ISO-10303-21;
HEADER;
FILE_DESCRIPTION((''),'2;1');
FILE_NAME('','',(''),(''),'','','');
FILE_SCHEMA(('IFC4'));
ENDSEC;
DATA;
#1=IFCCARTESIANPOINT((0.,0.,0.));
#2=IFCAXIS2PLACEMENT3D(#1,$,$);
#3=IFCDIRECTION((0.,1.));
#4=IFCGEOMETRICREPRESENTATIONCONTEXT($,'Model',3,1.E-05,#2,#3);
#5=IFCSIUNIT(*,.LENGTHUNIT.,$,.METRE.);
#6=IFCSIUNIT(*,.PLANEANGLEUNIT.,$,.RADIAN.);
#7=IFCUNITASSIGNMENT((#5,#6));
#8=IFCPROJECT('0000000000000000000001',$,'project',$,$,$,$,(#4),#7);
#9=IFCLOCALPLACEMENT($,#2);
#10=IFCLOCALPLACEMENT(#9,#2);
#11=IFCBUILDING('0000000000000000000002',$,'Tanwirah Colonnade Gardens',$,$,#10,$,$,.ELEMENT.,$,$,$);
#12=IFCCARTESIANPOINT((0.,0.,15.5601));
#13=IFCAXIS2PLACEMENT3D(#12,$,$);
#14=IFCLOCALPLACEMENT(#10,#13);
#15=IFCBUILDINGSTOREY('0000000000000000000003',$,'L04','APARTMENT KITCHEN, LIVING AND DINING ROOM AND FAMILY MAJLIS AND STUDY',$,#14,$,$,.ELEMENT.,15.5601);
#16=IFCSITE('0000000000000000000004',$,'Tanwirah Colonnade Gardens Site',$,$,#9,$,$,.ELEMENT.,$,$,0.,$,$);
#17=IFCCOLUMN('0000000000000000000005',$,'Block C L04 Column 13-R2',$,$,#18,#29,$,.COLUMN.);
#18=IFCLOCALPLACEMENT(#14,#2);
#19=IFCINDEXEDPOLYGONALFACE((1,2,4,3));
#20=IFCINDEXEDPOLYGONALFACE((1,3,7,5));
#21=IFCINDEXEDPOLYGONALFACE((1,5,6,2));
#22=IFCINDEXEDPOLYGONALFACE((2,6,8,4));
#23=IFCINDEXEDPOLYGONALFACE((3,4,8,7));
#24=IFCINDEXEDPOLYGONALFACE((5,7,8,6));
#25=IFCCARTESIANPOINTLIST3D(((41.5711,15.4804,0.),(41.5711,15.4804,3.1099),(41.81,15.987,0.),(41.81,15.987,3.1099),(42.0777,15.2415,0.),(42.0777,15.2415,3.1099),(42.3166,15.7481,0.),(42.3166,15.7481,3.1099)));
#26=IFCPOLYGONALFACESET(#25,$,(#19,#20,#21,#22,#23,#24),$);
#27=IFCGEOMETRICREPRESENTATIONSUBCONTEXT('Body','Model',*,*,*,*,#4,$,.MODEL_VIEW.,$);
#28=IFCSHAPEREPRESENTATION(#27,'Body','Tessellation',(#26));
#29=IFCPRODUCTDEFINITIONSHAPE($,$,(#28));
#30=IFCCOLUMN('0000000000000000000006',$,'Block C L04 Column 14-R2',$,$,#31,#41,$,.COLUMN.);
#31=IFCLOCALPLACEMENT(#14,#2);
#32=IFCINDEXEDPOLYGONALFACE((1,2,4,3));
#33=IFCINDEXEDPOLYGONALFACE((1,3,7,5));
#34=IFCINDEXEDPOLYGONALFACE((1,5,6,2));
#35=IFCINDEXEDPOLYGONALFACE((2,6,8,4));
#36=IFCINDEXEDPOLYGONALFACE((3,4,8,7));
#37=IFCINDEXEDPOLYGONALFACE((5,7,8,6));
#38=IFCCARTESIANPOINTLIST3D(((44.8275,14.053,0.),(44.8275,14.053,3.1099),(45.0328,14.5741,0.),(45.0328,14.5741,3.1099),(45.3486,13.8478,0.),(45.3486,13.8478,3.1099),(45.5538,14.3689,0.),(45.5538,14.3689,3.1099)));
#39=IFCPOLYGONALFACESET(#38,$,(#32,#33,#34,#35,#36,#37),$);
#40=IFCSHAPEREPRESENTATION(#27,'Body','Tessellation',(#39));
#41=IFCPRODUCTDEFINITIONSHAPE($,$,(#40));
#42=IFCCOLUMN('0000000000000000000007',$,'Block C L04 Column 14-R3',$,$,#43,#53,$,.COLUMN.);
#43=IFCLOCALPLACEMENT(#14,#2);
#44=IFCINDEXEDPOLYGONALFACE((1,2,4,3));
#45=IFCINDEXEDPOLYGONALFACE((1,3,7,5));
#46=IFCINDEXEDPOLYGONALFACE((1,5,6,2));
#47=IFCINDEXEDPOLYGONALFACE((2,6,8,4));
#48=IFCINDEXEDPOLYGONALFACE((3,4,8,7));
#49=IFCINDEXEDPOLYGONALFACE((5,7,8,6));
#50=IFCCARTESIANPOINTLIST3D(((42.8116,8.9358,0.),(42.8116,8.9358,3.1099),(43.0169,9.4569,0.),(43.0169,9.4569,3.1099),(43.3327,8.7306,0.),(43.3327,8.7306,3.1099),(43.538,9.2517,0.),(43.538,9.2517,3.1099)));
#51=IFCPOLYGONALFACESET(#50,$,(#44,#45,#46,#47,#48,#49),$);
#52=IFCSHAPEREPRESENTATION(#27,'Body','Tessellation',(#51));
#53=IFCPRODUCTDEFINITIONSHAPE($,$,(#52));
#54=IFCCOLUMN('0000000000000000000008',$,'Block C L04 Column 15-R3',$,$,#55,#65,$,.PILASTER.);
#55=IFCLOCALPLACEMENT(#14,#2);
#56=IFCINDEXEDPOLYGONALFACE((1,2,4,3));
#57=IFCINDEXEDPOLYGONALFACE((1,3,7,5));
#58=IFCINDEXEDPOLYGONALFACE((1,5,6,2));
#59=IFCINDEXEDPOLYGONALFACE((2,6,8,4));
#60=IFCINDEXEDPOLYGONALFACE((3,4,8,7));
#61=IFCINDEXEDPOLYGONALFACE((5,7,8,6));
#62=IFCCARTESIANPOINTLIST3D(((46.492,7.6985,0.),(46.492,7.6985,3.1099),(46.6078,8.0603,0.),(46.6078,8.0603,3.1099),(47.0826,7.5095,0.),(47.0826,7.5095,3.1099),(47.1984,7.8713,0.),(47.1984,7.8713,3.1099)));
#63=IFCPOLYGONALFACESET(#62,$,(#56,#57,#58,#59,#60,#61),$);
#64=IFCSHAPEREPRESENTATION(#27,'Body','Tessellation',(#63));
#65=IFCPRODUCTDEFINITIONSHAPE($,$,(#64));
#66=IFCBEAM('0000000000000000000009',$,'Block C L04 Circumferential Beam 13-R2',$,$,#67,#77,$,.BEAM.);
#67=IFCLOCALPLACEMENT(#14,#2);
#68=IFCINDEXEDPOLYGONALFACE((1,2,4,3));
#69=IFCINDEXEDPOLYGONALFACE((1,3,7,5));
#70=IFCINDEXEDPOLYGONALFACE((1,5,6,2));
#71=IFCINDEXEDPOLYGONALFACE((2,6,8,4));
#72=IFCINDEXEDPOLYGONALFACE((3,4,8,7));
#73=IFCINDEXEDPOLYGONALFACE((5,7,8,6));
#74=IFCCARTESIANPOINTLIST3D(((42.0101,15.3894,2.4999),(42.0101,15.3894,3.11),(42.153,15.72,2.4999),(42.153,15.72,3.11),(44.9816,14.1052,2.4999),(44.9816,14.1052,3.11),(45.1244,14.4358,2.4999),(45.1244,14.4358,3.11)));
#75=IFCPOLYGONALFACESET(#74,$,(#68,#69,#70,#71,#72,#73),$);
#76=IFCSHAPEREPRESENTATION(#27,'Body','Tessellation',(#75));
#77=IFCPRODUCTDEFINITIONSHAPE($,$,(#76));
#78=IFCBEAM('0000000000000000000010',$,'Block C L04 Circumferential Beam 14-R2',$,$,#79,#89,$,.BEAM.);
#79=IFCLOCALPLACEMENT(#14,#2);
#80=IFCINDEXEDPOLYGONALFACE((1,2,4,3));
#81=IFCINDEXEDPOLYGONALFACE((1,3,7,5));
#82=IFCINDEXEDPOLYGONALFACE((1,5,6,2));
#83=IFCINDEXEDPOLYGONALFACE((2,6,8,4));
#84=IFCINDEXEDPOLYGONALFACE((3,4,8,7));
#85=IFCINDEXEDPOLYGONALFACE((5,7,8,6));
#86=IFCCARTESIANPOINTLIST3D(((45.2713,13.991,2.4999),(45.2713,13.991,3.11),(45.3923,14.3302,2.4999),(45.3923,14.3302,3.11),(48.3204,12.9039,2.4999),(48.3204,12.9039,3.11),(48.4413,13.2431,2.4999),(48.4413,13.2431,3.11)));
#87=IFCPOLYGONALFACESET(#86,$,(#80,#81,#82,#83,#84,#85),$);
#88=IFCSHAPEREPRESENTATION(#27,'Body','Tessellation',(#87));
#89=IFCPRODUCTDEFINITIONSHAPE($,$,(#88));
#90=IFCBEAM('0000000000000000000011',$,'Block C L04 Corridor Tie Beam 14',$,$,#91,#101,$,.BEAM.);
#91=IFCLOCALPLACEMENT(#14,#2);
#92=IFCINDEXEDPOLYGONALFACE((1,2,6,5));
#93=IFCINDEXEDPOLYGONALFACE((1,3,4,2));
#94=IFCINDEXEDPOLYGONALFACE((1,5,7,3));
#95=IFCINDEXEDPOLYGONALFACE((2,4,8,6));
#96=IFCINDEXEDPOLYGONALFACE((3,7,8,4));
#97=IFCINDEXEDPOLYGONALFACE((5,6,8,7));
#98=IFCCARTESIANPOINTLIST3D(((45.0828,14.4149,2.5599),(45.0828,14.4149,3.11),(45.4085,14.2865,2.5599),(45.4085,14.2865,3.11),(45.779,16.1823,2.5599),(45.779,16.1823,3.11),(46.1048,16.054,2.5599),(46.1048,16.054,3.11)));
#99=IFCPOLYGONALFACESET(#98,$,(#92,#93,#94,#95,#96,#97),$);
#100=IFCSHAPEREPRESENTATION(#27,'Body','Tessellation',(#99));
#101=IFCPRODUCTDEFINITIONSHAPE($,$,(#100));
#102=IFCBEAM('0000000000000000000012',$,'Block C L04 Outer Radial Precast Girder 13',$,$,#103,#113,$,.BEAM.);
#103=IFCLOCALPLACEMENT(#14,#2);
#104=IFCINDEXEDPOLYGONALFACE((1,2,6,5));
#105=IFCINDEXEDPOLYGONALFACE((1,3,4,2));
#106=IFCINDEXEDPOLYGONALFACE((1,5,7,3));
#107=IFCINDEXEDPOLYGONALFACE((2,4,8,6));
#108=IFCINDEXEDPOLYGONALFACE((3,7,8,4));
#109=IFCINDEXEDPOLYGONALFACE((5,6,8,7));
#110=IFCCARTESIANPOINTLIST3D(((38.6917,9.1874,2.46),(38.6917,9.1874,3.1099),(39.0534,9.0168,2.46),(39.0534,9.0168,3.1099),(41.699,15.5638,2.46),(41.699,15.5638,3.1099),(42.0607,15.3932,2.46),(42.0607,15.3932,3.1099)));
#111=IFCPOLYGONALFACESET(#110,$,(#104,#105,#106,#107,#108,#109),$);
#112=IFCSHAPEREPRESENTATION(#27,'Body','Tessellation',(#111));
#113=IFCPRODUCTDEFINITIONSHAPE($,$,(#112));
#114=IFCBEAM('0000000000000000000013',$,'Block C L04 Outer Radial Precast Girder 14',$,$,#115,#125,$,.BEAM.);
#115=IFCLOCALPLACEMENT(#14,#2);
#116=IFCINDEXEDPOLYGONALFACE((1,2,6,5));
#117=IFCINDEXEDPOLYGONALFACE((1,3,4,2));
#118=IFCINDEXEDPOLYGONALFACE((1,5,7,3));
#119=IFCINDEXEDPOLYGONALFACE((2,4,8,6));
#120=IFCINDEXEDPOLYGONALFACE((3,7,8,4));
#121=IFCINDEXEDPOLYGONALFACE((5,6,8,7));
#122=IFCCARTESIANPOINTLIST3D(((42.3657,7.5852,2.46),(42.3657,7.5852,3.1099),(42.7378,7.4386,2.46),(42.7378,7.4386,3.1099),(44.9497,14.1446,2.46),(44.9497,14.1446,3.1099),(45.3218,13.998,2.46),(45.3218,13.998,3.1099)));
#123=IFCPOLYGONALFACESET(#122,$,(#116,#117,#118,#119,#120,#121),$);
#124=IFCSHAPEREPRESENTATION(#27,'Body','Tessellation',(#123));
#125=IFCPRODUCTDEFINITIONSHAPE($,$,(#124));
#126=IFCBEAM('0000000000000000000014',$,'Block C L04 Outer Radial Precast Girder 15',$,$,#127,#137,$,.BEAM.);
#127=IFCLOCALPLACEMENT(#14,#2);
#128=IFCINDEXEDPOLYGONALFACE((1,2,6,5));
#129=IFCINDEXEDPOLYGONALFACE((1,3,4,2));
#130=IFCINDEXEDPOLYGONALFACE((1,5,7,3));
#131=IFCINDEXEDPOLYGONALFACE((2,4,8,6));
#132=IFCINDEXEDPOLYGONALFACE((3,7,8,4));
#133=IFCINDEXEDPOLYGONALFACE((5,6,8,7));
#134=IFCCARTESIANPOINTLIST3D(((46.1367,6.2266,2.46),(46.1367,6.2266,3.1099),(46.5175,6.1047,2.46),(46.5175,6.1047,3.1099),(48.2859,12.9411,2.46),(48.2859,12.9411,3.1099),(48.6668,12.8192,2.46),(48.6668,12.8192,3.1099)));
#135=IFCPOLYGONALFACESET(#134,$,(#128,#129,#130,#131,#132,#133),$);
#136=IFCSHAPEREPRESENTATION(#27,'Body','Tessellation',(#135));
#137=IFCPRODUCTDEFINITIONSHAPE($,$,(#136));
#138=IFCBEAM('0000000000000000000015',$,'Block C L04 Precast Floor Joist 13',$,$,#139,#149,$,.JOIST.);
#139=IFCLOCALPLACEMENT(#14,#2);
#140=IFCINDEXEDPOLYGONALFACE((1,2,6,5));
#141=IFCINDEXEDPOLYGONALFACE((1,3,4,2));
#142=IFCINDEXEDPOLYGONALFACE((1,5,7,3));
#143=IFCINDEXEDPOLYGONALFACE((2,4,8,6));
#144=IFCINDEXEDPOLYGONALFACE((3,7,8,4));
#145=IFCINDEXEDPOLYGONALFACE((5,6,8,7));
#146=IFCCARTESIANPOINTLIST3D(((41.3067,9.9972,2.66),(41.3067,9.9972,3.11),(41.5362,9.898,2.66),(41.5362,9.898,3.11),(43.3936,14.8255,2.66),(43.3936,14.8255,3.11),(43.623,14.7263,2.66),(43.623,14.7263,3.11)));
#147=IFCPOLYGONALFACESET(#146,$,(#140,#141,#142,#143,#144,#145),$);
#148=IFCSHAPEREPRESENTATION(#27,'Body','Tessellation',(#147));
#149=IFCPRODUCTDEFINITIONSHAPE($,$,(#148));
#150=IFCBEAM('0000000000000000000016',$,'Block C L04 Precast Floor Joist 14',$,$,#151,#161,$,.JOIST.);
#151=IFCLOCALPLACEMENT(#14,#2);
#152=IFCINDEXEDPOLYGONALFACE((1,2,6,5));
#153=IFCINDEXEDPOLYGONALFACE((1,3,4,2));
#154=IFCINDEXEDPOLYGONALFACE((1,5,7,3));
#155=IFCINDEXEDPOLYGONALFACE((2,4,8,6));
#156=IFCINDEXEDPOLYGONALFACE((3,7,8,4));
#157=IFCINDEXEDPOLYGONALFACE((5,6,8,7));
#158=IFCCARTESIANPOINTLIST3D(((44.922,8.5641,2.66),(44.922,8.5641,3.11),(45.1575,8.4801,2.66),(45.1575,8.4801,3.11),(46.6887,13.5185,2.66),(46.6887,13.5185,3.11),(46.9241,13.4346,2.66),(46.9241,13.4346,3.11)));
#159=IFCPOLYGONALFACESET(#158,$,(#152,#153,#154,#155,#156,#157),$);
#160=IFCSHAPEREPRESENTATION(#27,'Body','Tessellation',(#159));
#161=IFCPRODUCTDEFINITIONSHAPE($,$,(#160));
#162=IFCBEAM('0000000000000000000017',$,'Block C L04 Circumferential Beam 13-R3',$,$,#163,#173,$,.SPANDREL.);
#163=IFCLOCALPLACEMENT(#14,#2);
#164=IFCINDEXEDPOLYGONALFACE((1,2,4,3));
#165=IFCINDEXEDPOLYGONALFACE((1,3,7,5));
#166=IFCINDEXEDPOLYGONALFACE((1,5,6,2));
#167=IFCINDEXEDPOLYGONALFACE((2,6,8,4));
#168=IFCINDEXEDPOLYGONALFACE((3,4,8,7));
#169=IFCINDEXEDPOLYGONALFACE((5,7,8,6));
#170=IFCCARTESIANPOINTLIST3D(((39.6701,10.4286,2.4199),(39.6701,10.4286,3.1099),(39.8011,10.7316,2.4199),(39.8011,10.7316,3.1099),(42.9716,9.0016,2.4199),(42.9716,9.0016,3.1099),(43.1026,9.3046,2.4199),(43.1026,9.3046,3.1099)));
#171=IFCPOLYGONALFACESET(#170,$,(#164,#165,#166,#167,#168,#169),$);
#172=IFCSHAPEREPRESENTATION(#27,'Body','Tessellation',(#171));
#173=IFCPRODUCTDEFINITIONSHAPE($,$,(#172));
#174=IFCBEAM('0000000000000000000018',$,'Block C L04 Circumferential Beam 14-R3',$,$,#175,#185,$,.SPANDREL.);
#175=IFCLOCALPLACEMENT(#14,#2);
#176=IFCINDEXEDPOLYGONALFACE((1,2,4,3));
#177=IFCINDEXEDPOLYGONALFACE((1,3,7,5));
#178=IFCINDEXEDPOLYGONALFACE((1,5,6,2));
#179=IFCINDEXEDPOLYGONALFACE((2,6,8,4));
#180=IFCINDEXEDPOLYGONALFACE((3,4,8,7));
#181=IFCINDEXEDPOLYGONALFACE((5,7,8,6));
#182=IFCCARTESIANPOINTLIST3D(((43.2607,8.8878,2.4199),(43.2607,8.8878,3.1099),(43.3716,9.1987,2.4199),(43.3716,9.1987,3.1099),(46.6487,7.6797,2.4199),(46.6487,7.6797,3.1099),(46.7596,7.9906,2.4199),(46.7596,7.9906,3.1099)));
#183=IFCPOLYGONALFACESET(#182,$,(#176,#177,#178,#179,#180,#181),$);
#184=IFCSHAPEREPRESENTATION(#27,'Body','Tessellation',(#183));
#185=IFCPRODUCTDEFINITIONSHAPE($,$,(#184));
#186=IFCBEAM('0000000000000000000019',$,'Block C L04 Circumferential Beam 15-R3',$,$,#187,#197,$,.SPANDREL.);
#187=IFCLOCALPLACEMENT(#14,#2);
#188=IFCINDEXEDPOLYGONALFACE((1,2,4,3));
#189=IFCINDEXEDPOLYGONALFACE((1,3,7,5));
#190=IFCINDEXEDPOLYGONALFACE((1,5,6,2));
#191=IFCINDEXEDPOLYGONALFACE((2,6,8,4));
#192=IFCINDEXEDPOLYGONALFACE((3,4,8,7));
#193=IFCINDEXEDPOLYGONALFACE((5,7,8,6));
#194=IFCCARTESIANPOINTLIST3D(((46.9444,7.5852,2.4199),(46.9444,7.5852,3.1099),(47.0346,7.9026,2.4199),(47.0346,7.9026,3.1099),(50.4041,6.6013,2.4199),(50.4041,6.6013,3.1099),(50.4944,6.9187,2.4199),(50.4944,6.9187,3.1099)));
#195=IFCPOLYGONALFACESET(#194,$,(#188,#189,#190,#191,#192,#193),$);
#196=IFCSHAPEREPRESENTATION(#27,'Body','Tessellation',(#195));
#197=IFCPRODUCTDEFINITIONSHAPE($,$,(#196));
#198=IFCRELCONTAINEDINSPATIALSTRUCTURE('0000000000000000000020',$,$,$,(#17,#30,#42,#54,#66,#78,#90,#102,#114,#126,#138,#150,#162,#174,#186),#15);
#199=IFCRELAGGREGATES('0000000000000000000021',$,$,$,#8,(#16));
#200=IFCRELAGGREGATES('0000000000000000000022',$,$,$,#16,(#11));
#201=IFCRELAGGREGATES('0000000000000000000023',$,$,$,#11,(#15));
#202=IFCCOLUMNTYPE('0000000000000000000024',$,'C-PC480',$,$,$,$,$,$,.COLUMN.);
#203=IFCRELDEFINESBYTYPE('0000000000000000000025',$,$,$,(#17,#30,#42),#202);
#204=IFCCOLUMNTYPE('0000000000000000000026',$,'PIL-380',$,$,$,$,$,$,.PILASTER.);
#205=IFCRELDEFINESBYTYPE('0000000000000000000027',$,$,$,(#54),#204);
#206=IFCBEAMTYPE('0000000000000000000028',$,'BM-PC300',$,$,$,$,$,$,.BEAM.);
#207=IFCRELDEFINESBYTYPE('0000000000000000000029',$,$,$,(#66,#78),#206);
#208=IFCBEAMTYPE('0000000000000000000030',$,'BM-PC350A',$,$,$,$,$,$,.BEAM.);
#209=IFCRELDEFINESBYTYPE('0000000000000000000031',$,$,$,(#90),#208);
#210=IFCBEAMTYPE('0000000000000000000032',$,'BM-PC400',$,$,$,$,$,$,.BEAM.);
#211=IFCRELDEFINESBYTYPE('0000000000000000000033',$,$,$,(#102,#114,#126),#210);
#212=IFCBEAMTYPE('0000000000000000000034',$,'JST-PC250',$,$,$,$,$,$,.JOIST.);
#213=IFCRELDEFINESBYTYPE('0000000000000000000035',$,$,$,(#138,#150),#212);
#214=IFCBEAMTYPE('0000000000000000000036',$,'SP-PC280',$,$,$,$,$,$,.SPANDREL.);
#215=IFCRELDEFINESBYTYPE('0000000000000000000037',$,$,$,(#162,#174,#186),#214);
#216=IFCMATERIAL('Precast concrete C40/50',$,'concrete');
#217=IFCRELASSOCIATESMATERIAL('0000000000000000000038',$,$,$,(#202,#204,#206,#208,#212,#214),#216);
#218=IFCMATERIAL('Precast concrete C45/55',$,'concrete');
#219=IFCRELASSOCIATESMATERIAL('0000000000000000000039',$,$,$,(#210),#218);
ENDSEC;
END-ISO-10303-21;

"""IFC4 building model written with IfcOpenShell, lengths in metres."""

from ifc_helpers import new_model, si_unit, direction, frame, origin, origin_2d, place, context, subcontext, project, spatial, rectangle, extrude, material, material_profile, profile_set, type_object, element, save


model = new_model("IFC4")

# Units and contexts
model_context = context("Model", 3, precision=1e-05, world=origin(), true_north=direction((0.0, 1.0)))
body_context = subcontext(model_context, "Body", "Model", "MODEL_VIEW")
ifc_project = project(units=[si_unit("LENGTHUNIT", "METRE"), si_unit("PLANEANGLEUNIT", "RADIAN")], contexts=[model_context])

# Site, building, storey
site_placement = place(None, origin())
site = spatial("IfcSite", under=ifc_project, at=site_placement, Name="Tanwirah Colonnade Gardens Site", CompositionType="ELEMENT", RefElevation=0.0)
building_placement = place(site_placement, origin())
building = spatial("IfcBuilding", under=site, at=building_placement, Name="Tanwirah Colonnade Gardens", CompositionType="ELEMENT")
storey_placement = place(building_placement, frame((0.0, 0.0, 15.5601)))
storey = spatial("IfcBuildingStorey", under=building, at=storey_placement, Name="L04", Description="APARTMENT KITCHEN, LIVING AND DINING ROOM AND FAMILY MAJLIS AND STUDY", CompositionType="ELEMENT", Elevation=15.5601)

# Columns
ifc_material_1 = material(Name="Precast concrete C40/50", Category="concrete")
ifc_material_profile_1 = material_profile(ifc_material_1, rectangle(XDim=0.5601, YDim=0.5601, at=origin_2d()), Name="PC-COL 560x560")
ifc_profile_set_1 = profile_set([ifc_material_profile_1], Name="Precast concrete C40/50")
column_type_1 = type_object("IfcColumnType", Name="C-PC480", PredefinedType="COLUMN", material=ifc_profile_set_1)
for number, where, z_axis, x_axis, name in (
    (1, (41.9438, 15.6143, 0.0), (0.0, 0.0, 1.0), (-0.426569, -0.904455, 0.0), "Block C L04 Column 13-R2"),
    (2, (45.1907, 14.2109, 0.0), (0.0, 0.0, 1.0), (-0.366501, -0.930418, 0.0), "Block C L04 Column 14-R2"),
    (3, (43.1748, 9.0938, 0.0), (0.0, 0.0, 1.0), (-0.366501, -0.930418, 0.0), "Block C L04 Column 14-R3"),
):
    element("IfcColumn", number, at=place(storey_placement, frame(where, z_axis=z_axis, x_axis=x_axis)), inside=storey, type_object=column_type_1, Name=name, PredefinedType="COLUMN", context=body_context, shape_type="SweptSolid", body=[
        extrude(rectangle(XDim=0.5601, YDim=0.5601, at=origin_2d()), origin(), (0.0, 0.0, 1.0), 3.1099),
    ])
ifc_material_profile_2 = material_profile(ifc_material_1, rectangle(XDim=0.3799, YDim=0.6201, at=origin_2d()), Name="PC-PIL 380x620")
ifc_profile_set_2 = profile_set([ifc_material_profile_2], Name="Precast concrete C40/50")
column_type_2 = type_object("IfcColumnType", Name="PIL-380", PredefinedType="PILASTER", material=ifc_profile_set_2)
column_placement = place(storey_placement, frame((46.8452, 7.7849, 0.0), z_axis=(0.0, 0.0, 1.0), x_axis=(-0.304864, -0.952396, 0.0)))
element("IfcColumn", 4, at=column_placement, inside=storey, type_object=column_type_2, Name="Block C L04 Column 15-R3", PredefinedType="PILASTER", context=body_context, shape_type="SweptSolid", body=[
    extrude(rectangle(XDim=0.3799, YDim=0.6201, at=origin_2d()), origin(), (0.0, 0.0, 1.0), 3.1099),
])

# Beams
ifc_material_profile_3 = material_profile(ifc_material_1, rectangle(XDim=0.3601, YDim=0.6101, at=origin_2d()), Name="PC-BM 360x610")
ifc_profile_set_3 = profile_set([ifc_material_profile_3], Name="Precast concrete C40/50")
beam_type_1 = type_object("IfcBeamType", Name="BM-PC300", PredefinedType="BEAM", material=ifc_profile_set_3)
for number, where, z_axis, x_axis, name in (
    (5, (42.0815, 15.5547, 2.8049), (0.917943, -0.396712, 0.0), (0.396712, 0.917943, 0.0), "Block C L04 Circumferential Beam 13-R2"),
    (6, (45.3318, 14.1606, 2.8049), (0.941918, -0.335844, 0.0), (0.335844, 0.941918, 0.0), "Block C L04 Circumferential Beam 14-R2"),
):
    element("IfcBeam", number, at=place(storey_placement, frame(where, z_axis=z_axis, x_axis=x_axis)), inside=storey, type_object=beam_type_1, Name=name, PredefinedType="BEAM", context=body_context, shape_type="SweptSolid", body=[
        extrude(rectangle(XDim=0.3601, YDim=0.6101, at=origin_2d()), origin(), (0.0, 0.0, 1.0), 3.2371),
    ])
ifc_material_profile_4 = material_profile(ifc_material_1, rectangle(XDim=0.3501, YDim=0.55, at=origin_2d()), Name="PC-BM 350x550")
ifc_profile_set_4 = profile_set([ifc_material_profile_4], Name="Precast concrete C40/50")
beam_type_2 = type_object("IfcBeamType", Name="BM-PC350A", PredefinedType="BEAM", material=ifc_profile_set_4)
beam_1_placement = place(storey_placement, frame((45.9419, 16.1182, 2.835), z_axis=(-0.366511, -0.930414, 0.0), x_axis=(0.930414, -0.366511, 0.0)))
element("IfcBeam", 7, at=beam_1_placement, inside=storey, type_object=beam_type_2, Name="Block C L04 Corridor Tie Beam 14", PredefinedType="BEAM", context=body_context, shape_type="SweptSolid", body=[
    extrude(rectangle(XDim=0.3501, YDim=0.55, at=origin_2d()), origin(), (0.0, 0.0, 1.0), 1.8997),
])
ifc_material_2 = material(Name="Precast concrete C45/55", Category="concrete")
ifc_material_profile_5 = material_profile(ifc_material_2, rectangle(XDim=0.3999, YDim=0.6499, at=origin_2d()), Name="PC-BM 400x650")
ifc_profile_set_5 = profile_set([ifc_material_profile_5], Name="Precast concrete C45/55")
beam_type_3 = type_object("IfcBeamType", Name="BM-PC400", PredefinedType="BEAM", material=ifc_profile_set_5)
for number, where, z_axis, x_axis, name in (
    (8, (41.8799, 15.4785, 2.7849), (-0.426567, -0.904456, 0.0), (0.904456, -0.426567, 0.0), "Block C L04 Outer Radial Precast Girder 13"),
    (9, (45.1357, 14.0713, 2.7849), (-0.366525, -0.930408, 0.0), (0.930408, -0.366525, 0.0), "Block C L04 Outer Radial Precast Girder 14"),
    (10, (48.4763, 12.8801, 2.7849), (-0.30485, -0.9524, 0.0), (0.9524, -0.30485, 0.0), "Block C L04 Outer Radial Precast Girder 15"),
):
    element("IfcBeam", number, at=place(storey_placement, frame(where, z_axis=z_axis, x_axis=x_axis)), inside=storey, type_object=beam_type_3, Name=name, PredefinedType="BEAM", context=body_context, shape_type="SweptSolid", body=[
        extrude(rectangle(XDim=0.3999, YDim=0.6499, at=origin_2d()), origin(), (0.0, 0.0, 1.0), 7.05),
    ])
ifc_material_profile_6 = material_profile(ifc_material_1, rectangle(XDim=0.25, YDim=0.45, at=origin_2d()), Name="PC-JST 250x450")
ifc_profile_set_6 = profile_set([ifc_material_profile_6], Name="Precast concrete C40/50")
beam_type_4 = type_object("IfcBeamType", Name="JST-PC250", PredefinedType="JOIST", material=ifc_profile_set_6)
for number, where, z_axis, x_axis, name in (
    (11, (43.5083, 14.7759, 2.885), (-0.396746, -0.917928, 0.0), (0.917928, -0.396746, 0.0), "Block C L04 Precast Floor Joist 13"),
    (12, (46.8064, 13.4766, 2.885), (-0.335863, -0.941911, 0.0), (0.941911, -0.335863, 0.0), "Block C L04 Precast Floor Joist 14"),
):
    element("IfcBeam", number, at=place(storey_placement, frame(where, z_axis=z_axis, x_axis=x_axis)), inside=storey, type_object=beam_type_4, Name=name, PredefinedType="JOIST", context=body_context, shape_type="SweptSolid", body=[
        extrude(rectangle(XDim=0.25, YDim=0.45, at=origin_2d()), origin(), (0.0, 0.0, 1.0), 5.26),
    ])
ifc_material_profile_7 = material_profile(ifc_material_1, rectangle(XDim=0.3301, YDim=0.6899, at=origin_2d()), Name="PC-SP 330x690")
ifc_profile_set_7 = profile_set([ifc_material_profile_7], Name="Precast concrete C40/50")
beam_type_5 = type_object("IfcBeamType", Name="SP-PC280", PredefinedType="SPANDREL", material=ifc_profile_set_7)
beam_2_placement = place(storey_placement, frame((39.7356, 10.5801, 2.7649), z_axis=(0.917926, -0.396752, 0.0), x_axis=(0.396752, 0.917926, 0.0)))
element("IfcBeam", 13, at=beam_2_placement, inside=storey, type_object=beam_type_5, Name="Block C L04 Circumferential Beam 13-R3", PredefinedType="SPANDREL", context=body_context, shape_type="SweptSolid", body=[
    extrude(rectangle(XDim=0.3301, YDim=0.6899, at=origin_2d()), origin(), (0.0, 0.0, 1.0), 3.5967),
])
for number, where, z_axis, x_axis, name in (
    (14, (43.3162, 9.0432, 2.7649), (0.941915, -0.33585, 0.0), (0.33585, 0.941915, 0.0), "Block C L04 Circumferential Beam 14-R3"),
    (15, (46.9895, 7.7439, 2.7649), (0.961861, -0.273538, 0.0), (0.273538, 0.961861, 0.0), "Block C L04 Circumferential Beam 15-R3"),
):
    element("IfcBeam", number, at=place(storey_placement, frame(where, z_axis=z_axis, x_axis=x_axis)), inside=storey, type_object=beam_type_5, Name=name, PredefinedType="SPANDREL", context=body_context, shape_type="SweptSolid", body=[
        extrude(rectangle(XDim=0.3301, YDim=0.6899, at=origin_2d()), origin(), (0.0, 0.0, 1.0), 3.5969),
    ])

save(model, "model.ifc")
